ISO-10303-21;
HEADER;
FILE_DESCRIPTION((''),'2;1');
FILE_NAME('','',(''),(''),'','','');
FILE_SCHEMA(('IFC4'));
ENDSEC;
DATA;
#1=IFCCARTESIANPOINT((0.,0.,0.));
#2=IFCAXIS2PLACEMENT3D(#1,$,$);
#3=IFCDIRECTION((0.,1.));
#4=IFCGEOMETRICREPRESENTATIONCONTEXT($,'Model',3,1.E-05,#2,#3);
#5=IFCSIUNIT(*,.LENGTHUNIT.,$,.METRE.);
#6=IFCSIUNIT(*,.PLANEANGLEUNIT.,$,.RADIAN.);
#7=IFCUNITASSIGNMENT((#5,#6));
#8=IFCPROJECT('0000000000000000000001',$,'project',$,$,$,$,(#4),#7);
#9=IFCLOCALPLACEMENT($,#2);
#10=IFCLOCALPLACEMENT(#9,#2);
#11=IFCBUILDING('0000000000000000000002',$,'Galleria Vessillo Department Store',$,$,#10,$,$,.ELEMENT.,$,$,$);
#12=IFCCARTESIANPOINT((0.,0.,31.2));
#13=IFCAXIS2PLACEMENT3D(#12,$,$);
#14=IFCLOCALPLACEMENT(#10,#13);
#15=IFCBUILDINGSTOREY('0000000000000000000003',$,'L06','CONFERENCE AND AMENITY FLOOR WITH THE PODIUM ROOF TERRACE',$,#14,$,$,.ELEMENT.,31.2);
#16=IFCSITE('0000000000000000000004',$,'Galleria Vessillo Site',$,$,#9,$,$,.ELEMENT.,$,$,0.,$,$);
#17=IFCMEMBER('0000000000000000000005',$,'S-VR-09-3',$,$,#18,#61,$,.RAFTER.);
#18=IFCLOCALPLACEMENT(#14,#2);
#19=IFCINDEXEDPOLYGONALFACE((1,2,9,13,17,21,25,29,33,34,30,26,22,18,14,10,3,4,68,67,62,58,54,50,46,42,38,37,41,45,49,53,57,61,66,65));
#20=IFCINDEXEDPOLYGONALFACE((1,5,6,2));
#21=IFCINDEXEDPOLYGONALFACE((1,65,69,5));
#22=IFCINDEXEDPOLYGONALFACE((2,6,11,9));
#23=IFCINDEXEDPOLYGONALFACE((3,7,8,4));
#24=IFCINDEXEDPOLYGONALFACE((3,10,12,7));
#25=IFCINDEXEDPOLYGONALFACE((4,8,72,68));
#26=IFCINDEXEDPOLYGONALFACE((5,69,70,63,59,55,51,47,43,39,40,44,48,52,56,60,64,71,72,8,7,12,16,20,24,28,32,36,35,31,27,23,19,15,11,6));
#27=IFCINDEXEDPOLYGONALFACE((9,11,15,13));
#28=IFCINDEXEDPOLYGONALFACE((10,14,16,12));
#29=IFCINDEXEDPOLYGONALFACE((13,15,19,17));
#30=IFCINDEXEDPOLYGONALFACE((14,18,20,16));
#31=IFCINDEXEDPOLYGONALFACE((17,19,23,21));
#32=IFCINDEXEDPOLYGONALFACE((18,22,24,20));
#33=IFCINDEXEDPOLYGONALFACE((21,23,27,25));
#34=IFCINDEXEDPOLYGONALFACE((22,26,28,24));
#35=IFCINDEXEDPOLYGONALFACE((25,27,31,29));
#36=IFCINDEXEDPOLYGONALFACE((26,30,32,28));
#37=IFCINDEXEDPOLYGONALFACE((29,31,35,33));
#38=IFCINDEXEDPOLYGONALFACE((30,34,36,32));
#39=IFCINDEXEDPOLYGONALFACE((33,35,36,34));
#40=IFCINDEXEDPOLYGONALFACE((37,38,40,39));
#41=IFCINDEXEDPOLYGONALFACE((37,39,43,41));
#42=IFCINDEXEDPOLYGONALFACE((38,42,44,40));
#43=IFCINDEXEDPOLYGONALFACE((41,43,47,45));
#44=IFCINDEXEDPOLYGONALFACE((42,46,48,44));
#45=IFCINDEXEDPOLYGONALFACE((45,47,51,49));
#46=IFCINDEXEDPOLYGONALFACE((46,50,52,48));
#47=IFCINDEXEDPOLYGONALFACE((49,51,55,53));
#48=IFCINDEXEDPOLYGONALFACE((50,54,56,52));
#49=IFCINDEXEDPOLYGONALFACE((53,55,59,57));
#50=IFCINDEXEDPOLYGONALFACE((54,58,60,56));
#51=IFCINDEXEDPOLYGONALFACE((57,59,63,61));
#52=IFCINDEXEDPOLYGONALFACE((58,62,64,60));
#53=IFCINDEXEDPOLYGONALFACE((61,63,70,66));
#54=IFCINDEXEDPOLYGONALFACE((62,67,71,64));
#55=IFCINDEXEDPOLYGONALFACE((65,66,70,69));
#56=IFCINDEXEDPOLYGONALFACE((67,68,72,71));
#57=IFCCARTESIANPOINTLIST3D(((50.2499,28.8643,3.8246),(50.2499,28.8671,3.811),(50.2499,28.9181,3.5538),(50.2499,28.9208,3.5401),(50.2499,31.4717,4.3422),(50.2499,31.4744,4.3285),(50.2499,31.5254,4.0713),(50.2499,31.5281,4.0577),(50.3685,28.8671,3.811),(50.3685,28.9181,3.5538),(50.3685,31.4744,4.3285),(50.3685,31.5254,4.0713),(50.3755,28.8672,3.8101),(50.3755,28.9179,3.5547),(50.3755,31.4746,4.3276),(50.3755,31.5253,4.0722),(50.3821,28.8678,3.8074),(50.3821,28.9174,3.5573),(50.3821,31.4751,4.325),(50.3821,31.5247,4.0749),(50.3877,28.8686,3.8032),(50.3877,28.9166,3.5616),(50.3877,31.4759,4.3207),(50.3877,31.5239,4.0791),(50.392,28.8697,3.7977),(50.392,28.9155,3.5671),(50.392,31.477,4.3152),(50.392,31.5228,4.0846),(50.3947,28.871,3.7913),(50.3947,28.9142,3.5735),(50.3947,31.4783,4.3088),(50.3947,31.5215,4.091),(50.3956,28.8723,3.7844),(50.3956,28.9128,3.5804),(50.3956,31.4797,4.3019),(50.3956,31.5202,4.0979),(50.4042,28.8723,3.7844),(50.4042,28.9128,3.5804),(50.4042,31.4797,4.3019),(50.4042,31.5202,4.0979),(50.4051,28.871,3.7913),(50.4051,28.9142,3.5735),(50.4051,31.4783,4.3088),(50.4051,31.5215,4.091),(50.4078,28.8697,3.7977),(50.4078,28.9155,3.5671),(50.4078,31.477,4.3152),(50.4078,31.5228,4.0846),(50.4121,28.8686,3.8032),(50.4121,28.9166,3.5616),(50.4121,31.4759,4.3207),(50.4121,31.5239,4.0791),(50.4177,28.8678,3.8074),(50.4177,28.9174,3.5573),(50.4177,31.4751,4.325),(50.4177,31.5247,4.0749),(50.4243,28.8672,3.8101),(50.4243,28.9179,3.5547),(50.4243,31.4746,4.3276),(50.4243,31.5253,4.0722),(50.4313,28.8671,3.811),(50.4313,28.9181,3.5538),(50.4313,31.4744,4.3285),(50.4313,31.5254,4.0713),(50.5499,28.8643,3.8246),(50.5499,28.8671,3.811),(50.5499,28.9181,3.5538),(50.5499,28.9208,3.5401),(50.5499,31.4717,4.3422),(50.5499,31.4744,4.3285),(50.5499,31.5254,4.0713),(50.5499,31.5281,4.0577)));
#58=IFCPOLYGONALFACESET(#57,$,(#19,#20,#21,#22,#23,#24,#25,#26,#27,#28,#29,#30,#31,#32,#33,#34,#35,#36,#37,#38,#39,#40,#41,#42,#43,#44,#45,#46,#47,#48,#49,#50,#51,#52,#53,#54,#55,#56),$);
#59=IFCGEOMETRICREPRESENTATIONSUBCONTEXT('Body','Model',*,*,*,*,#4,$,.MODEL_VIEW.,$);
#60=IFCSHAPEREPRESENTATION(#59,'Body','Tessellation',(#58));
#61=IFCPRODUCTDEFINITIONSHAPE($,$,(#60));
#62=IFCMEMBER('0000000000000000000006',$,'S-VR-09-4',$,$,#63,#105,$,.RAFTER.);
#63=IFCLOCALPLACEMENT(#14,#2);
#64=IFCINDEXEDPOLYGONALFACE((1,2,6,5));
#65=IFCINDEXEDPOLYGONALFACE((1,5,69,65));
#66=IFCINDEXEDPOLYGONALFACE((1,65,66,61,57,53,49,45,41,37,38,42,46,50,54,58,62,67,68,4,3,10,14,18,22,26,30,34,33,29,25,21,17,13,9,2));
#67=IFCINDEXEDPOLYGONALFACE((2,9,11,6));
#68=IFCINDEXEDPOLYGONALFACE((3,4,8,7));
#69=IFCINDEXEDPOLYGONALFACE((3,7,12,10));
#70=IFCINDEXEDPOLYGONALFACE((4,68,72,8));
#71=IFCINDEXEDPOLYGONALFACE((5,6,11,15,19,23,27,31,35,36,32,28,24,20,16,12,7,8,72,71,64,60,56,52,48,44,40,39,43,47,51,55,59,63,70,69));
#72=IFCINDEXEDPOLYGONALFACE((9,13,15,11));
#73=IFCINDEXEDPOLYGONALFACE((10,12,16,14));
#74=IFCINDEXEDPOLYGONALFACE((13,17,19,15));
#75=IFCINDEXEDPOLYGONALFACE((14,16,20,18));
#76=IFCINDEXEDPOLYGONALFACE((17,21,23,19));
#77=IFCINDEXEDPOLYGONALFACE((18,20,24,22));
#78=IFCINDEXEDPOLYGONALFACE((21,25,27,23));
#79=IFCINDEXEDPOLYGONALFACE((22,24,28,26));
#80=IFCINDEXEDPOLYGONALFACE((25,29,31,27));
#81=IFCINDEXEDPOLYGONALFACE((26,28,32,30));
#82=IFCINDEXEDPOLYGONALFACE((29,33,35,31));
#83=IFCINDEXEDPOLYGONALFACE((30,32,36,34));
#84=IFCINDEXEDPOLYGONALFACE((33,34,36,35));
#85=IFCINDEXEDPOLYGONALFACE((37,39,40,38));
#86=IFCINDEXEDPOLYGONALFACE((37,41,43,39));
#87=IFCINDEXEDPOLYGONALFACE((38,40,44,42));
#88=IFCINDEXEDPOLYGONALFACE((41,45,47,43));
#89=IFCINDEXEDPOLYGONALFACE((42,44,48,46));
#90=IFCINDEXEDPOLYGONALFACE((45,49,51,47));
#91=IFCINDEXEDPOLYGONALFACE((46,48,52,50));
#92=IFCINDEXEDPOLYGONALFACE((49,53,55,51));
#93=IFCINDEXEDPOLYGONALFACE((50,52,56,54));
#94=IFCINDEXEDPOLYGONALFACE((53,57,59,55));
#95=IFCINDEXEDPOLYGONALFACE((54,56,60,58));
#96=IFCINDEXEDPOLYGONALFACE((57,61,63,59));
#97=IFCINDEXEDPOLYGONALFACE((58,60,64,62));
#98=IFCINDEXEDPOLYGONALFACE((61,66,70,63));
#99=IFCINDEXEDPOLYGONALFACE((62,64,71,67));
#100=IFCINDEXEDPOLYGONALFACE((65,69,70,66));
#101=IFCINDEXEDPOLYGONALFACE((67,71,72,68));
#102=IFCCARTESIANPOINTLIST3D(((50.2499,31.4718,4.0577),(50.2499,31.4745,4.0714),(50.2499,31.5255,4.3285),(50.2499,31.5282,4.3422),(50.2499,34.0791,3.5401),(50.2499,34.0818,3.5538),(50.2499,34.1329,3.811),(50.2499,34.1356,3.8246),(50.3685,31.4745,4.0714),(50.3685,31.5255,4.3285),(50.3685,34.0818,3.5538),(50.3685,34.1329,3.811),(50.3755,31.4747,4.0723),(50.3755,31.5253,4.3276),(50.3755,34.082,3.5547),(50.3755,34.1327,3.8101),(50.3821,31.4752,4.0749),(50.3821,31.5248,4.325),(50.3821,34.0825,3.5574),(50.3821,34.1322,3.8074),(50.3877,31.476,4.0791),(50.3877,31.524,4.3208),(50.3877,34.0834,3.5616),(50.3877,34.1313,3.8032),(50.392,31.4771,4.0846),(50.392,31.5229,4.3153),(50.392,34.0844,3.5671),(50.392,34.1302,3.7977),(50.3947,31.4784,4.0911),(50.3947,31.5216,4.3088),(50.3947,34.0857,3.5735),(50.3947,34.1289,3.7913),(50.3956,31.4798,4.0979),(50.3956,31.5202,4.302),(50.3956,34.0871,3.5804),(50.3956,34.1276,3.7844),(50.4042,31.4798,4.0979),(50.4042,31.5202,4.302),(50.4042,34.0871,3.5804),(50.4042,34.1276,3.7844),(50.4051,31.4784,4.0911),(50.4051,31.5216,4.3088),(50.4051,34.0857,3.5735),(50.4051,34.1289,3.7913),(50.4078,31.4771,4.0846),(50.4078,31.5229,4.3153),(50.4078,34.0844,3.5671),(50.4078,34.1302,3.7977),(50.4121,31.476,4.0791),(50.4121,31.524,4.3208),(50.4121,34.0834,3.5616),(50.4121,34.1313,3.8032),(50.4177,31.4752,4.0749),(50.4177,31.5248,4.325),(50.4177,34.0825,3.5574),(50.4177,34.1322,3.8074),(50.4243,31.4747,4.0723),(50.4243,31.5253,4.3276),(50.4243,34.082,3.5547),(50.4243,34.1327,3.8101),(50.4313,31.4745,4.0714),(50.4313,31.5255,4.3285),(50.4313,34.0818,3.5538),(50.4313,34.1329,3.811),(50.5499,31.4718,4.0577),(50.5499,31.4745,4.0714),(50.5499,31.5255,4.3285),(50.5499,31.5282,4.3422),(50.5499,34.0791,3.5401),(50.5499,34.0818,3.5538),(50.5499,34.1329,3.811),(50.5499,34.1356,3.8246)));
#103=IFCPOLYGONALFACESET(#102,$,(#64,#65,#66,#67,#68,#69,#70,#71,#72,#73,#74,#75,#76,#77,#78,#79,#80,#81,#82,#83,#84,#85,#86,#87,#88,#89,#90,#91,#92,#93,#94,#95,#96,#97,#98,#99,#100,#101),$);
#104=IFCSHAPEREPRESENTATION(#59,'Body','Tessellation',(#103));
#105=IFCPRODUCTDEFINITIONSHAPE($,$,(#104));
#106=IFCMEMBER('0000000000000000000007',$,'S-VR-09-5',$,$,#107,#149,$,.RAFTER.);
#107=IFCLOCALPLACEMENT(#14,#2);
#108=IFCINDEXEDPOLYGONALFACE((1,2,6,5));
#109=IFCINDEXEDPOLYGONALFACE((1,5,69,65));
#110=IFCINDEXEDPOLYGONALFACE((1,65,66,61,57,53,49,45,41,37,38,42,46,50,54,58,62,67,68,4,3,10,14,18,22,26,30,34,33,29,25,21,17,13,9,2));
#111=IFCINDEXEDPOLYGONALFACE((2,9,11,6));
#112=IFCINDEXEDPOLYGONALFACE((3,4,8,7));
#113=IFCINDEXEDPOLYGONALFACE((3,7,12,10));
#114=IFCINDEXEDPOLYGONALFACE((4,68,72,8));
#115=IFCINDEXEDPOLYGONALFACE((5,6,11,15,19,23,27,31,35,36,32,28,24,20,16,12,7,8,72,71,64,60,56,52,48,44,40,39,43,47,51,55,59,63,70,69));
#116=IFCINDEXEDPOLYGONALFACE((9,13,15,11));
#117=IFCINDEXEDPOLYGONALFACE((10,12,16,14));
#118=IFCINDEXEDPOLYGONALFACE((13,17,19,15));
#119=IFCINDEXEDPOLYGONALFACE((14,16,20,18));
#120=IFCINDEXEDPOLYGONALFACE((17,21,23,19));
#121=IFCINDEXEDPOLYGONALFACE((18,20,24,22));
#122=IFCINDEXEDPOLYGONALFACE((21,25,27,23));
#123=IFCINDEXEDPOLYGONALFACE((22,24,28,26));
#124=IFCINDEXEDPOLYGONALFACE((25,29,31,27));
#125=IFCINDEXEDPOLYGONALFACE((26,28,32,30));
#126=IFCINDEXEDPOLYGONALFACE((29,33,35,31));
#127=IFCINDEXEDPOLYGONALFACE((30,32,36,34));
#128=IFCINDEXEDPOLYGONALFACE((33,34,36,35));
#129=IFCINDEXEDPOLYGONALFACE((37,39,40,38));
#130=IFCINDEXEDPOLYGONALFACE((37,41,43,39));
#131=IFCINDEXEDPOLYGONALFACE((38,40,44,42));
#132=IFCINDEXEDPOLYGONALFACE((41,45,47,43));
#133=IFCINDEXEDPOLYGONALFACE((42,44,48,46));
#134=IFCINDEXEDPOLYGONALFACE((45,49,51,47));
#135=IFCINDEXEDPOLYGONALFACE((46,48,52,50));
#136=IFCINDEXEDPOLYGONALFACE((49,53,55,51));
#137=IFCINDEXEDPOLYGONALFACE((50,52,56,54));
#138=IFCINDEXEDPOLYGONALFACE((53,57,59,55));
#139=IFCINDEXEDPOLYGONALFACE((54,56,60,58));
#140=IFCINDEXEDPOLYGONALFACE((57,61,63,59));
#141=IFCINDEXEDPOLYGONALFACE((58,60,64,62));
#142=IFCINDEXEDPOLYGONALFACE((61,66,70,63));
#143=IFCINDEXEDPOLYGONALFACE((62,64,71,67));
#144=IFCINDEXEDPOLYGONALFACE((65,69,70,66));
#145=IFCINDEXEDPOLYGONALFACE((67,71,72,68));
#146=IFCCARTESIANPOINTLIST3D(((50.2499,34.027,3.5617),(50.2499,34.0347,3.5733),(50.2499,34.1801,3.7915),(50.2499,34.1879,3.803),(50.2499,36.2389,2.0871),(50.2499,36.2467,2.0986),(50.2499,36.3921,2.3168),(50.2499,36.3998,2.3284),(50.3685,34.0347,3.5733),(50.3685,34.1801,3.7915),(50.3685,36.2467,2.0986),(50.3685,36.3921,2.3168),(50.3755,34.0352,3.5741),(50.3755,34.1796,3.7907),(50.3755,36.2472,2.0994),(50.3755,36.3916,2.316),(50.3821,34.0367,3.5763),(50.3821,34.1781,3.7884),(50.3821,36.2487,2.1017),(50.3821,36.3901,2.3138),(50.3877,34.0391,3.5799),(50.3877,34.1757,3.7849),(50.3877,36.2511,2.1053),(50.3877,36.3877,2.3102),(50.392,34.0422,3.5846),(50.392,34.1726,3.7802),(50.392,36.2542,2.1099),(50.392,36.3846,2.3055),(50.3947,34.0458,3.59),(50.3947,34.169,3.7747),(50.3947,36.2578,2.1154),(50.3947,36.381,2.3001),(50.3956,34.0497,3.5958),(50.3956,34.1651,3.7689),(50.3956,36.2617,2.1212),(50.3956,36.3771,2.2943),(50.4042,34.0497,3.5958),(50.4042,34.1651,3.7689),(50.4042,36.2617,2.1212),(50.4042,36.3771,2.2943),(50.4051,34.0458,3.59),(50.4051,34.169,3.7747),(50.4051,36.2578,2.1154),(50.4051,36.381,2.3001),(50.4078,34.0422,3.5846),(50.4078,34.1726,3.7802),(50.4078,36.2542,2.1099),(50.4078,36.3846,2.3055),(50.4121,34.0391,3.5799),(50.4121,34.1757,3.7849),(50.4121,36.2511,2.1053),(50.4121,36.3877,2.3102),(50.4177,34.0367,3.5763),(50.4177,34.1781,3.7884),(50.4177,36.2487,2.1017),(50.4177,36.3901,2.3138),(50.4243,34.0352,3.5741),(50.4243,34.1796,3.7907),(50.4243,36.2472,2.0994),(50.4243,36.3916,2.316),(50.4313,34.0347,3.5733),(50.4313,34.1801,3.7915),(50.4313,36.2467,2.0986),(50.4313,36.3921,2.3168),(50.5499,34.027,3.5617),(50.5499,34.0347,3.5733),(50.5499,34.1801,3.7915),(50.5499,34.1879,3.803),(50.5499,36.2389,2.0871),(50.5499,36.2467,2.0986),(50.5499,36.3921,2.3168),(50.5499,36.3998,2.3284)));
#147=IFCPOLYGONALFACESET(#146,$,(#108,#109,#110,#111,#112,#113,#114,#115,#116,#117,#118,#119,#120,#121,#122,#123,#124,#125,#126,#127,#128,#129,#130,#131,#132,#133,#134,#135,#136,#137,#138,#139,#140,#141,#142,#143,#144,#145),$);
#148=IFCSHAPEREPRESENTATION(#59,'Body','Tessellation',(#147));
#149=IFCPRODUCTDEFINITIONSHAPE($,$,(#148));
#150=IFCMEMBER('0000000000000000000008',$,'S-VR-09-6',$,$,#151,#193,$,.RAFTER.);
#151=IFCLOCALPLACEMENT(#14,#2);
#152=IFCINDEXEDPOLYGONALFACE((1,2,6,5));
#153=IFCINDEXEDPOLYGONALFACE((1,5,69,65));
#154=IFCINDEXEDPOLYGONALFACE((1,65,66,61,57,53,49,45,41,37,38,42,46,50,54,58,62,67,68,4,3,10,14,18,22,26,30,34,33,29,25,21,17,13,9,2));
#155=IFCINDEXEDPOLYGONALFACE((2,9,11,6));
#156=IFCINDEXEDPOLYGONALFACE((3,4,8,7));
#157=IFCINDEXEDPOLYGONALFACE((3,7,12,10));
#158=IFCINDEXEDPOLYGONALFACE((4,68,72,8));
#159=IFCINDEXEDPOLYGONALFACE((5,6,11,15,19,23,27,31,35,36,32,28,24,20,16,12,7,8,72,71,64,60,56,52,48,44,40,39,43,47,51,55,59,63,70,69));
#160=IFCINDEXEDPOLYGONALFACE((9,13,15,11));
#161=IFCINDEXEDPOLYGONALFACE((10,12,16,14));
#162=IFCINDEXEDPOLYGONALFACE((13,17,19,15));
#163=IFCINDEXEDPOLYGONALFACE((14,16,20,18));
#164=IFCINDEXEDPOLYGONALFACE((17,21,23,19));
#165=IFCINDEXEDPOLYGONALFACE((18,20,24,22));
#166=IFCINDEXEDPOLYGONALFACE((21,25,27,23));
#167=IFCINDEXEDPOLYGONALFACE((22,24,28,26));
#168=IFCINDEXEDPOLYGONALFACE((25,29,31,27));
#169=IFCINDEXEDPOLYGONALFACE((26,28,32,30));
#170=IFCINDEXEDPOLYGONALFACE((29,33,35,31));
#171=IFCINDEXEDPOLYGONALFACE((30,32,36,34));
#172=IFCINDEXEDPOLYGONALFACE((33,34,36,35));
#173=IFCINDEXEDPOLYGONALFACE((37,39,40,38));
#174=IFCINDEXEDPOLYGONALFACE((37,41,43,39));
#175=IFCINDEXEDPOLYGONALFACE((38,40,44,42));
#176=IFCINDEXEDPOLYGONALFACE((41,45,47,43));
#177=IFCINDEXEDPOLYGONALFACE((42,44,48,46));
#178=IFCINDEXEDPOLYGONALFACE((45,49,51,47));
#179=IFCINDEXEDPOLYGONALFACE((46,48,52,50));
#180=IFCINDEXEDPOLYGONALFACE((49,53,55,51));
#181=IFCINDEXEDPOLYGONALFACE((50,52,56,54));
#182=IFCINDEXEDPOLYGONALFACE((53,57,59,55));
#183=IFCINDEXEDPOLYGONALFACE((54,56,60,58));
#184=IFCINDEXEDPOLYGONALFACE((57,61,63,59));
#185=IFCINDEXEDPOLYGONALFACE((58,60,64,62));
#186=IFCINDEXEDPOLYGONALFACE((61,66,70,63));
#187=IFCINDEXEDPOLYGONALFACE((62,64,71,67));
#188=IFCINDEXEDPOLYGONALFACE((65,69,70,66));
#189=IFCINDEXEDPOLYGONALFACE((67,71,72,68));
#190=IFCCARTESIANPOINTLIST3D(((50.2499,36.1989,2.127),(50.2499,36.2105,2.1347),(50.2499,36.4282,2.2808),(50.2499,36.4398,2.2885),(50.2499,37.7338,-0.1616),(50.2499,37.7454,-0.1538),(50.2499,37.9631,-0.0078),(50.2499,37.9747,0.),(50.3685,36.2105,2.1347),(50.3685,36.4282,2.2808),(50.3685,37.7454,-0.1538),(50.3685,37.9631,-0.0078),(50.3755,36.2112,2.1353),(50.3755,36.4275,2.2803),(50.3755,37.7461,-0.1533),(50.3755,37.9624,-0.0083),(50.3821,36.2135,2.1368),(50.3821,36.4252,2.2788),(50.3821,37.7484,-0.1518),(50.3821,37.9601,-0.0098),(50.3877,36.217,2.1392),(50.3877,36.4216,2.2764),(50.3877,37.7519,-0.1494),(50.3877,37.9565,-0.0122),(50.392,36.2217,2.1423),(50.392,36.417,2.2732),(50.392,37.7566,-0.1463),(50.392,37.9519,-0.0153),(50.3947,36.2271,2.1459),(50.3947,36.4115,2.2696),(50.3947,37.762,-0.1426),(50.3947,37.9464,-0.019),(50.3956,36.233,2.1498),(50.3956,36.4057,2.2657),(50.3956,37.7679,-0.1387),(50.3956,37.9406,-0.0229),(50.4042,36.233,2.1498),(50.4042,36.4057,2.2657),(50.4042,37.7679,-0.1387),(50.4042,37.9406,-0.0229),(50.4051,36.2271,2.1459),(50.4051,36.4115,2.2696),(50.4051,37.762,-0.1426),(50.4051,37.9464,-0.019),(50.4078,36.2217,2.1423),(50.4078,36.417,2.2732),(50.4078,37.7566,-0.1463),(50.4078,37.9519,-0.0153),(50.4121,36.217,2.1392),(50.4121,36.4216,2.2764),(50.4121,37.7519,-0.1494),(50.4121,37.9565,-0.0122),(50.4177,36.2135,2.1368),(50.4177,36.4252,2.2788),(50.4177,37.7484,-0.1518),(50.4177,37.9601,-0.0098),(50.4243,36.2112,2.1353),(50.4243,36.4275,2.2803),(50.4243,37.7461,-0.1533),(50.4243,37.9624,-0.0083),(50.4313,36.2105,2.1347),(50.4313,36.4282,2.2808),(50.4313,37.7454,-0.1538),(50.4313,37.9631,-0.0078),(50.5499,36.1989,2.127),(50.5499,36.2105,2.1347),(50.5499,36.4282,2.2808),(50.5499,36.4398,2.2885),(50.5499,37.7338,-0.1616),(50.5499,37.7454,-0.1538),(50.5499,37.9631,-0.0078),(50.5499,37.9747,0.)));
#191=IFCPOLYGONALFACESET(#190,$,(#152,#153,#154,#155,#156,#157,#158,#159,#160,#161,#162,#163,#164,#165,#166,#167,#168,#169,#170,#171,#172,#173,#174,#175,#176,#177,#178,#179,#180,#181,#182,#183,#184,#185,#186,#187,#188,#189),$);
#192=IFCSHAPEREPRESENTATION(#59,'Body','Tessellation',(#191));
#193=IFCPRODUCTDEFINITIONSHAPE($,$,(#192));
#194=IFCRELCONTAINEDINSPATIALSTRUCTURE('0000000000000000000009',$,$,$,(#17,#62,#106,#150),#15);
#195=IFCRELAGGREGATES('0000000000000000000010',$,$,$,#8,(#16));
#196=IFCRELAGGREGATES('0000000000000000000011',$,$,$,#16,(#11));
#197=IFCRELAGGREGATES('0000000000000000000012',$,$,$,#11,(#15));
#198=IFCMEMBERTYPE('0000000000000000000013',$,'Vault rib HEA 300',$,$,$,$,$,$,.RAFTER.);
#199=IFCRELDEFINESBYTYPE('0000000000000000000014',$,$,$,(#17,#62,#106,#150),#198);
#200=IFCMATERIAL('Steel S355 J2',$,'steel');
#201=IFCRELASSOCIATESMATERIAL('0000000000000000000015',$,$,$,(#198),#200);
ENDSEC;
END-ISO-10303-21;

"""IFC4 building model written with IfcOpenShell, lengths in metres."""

from ifc_helpers import new_model, si_unit, direction, frame, origin, origin_2d, place, context, subcontext, project, spatial, i_section, extrude, material, material_profile, profile_set, type_object, element, save


model = new_model("IFC4")

# Units and contexts
model_context = context("Model", 3, precision=1e-05, world=origin(), true_north=direction((0.0, 1.0)))
body_context = subcontext(model_context, "Body", "Model", "MODEL_VIEW")
ifc_project = project(units=[si_unit("LENGTHUNIT", "METRE"), si_unit("PLANEANGLEUNIT", "RADIAN")], contexts=[model_context])

# Site, building, storey
site_placement = place(None, origin())
site = spatial("IfcSite", under=ifc_project, at=site_placement, Name="Galleria Vessillo Site", CompositionType="ELEMENT", RefElevation=0.0)
building_placement = place(site_placement, origin())
building = spatial("IfcBuilding", under=site, at=building_placement, Name="Galleria Vessillo Department Store", CompositionType="ELEMENT")
storey_placement = place(building_placement, frame((0.0, 0.0, 31.2)))
storey = spatial("IfcBuildingStorey", under=building, at=storey_placement, Name="L06", Description="CONFERENCE AND AMENITY FLOOR WITH THE PODIUM ROOF TERRACE", CompositionType="ELEMENT", Elevation=31.2)

# Members
ifc_material_1 = material(Name="Steel S355 J2", Category="steel")
ifc_material_profile_1 = material_profile(ifc_material_1, i_section(OverallWidth=0.3, OverallDepth=0.29, WebThickness=0.0085, FlangeThickness=0.0139, FilletRadius=0.0271, at=origin_2d()), Name="HEA 300")
ifc_profile_set_1 = profile_set([ifc_material_profile_1], Name="Steel S355 J2")
member_type_1 = type_object("IfcMemberType", Name="Vault rib HEA 300", PredefinedType="RAFTER", material=ifc_profile_set_1)
for number, where, z_axis, x_axis, name in (
    (1, (50.3999, 28.8926, 3.6824), (0.0, 0.980862, 0.194703), (-1.0, 0.0, 0.0), "S-VR-09-3"),
    (2, (50.3999, 31.5, 4.2), (0.0, 0.980862, -0.194703), (-1.0, 0.0, 0.0), "S-VR-09-4"),
):
    element("IfcMember", number, at=place(storey_placement, frame(where, z_axis=z_axis, x_axis=x_axis)), inside=storey, type_object=member_type_1, Name=name, PredefinedType="RAFTER", context=body_context, shape_type="SweptSolid", body=[
        extrude(i_section(OverallWidth=0.3, OverallDepth=0.29, WebThickness=0.0085, FlangeThickness=0.0139, FilletRadius=0.0271, at=origin_2d()), origin(), (0.0, 0.0, 1.0), 2.6582),
    ])
member_1_placement = place(storey_placement, frame((50.3999, 34.1074, 3.6824), z_axis=(0.0, 0.83205, -0.5547), x_axis=(-1.0, 0.0, 0.0)))
element("IfcMember", 3, at=member_1_placement, inside=storey, type_object=member_type_1, Name="S-VR-09-5", PredefinedType="RAFTER", context=body_context, shape_type="SweptSolid", body=[
    extrude(i_section(OverallWidth=0.3, OverallDepth=0.29, WebThickness=0.0085, FlangeThickness=0.0139, FilletRadius=0.0271, at=origin_2d()), origin(), (0.0, 0.0, 1.0), 2.6584),
])
member_2_placement = place(storey_placement, frame((50.3999, 36.3193, 2.2078), z_axis=(0.0, 0.557008, -0.830507), x_axis=(-1.0, 0.0, 0.0)))
element("IfcMember", 4, at=member_2_placement, inside=storey, type_object=member_type_1, Name="S-VR-09-6", PredefinedType="RAFTER", context=body_context, shape_type="SweptSolid", body=[
    extrude(i_section(OverallWidth=0.3, OverallDepth=0.29, WebThickness=0.0085, FlangeThickness=0.0139, FilletRadius=0.0271, at=origin_2d()), origin(), (0.0, 0.0, 1.0), 2.7556),
])

save(model, "model.ifc")
